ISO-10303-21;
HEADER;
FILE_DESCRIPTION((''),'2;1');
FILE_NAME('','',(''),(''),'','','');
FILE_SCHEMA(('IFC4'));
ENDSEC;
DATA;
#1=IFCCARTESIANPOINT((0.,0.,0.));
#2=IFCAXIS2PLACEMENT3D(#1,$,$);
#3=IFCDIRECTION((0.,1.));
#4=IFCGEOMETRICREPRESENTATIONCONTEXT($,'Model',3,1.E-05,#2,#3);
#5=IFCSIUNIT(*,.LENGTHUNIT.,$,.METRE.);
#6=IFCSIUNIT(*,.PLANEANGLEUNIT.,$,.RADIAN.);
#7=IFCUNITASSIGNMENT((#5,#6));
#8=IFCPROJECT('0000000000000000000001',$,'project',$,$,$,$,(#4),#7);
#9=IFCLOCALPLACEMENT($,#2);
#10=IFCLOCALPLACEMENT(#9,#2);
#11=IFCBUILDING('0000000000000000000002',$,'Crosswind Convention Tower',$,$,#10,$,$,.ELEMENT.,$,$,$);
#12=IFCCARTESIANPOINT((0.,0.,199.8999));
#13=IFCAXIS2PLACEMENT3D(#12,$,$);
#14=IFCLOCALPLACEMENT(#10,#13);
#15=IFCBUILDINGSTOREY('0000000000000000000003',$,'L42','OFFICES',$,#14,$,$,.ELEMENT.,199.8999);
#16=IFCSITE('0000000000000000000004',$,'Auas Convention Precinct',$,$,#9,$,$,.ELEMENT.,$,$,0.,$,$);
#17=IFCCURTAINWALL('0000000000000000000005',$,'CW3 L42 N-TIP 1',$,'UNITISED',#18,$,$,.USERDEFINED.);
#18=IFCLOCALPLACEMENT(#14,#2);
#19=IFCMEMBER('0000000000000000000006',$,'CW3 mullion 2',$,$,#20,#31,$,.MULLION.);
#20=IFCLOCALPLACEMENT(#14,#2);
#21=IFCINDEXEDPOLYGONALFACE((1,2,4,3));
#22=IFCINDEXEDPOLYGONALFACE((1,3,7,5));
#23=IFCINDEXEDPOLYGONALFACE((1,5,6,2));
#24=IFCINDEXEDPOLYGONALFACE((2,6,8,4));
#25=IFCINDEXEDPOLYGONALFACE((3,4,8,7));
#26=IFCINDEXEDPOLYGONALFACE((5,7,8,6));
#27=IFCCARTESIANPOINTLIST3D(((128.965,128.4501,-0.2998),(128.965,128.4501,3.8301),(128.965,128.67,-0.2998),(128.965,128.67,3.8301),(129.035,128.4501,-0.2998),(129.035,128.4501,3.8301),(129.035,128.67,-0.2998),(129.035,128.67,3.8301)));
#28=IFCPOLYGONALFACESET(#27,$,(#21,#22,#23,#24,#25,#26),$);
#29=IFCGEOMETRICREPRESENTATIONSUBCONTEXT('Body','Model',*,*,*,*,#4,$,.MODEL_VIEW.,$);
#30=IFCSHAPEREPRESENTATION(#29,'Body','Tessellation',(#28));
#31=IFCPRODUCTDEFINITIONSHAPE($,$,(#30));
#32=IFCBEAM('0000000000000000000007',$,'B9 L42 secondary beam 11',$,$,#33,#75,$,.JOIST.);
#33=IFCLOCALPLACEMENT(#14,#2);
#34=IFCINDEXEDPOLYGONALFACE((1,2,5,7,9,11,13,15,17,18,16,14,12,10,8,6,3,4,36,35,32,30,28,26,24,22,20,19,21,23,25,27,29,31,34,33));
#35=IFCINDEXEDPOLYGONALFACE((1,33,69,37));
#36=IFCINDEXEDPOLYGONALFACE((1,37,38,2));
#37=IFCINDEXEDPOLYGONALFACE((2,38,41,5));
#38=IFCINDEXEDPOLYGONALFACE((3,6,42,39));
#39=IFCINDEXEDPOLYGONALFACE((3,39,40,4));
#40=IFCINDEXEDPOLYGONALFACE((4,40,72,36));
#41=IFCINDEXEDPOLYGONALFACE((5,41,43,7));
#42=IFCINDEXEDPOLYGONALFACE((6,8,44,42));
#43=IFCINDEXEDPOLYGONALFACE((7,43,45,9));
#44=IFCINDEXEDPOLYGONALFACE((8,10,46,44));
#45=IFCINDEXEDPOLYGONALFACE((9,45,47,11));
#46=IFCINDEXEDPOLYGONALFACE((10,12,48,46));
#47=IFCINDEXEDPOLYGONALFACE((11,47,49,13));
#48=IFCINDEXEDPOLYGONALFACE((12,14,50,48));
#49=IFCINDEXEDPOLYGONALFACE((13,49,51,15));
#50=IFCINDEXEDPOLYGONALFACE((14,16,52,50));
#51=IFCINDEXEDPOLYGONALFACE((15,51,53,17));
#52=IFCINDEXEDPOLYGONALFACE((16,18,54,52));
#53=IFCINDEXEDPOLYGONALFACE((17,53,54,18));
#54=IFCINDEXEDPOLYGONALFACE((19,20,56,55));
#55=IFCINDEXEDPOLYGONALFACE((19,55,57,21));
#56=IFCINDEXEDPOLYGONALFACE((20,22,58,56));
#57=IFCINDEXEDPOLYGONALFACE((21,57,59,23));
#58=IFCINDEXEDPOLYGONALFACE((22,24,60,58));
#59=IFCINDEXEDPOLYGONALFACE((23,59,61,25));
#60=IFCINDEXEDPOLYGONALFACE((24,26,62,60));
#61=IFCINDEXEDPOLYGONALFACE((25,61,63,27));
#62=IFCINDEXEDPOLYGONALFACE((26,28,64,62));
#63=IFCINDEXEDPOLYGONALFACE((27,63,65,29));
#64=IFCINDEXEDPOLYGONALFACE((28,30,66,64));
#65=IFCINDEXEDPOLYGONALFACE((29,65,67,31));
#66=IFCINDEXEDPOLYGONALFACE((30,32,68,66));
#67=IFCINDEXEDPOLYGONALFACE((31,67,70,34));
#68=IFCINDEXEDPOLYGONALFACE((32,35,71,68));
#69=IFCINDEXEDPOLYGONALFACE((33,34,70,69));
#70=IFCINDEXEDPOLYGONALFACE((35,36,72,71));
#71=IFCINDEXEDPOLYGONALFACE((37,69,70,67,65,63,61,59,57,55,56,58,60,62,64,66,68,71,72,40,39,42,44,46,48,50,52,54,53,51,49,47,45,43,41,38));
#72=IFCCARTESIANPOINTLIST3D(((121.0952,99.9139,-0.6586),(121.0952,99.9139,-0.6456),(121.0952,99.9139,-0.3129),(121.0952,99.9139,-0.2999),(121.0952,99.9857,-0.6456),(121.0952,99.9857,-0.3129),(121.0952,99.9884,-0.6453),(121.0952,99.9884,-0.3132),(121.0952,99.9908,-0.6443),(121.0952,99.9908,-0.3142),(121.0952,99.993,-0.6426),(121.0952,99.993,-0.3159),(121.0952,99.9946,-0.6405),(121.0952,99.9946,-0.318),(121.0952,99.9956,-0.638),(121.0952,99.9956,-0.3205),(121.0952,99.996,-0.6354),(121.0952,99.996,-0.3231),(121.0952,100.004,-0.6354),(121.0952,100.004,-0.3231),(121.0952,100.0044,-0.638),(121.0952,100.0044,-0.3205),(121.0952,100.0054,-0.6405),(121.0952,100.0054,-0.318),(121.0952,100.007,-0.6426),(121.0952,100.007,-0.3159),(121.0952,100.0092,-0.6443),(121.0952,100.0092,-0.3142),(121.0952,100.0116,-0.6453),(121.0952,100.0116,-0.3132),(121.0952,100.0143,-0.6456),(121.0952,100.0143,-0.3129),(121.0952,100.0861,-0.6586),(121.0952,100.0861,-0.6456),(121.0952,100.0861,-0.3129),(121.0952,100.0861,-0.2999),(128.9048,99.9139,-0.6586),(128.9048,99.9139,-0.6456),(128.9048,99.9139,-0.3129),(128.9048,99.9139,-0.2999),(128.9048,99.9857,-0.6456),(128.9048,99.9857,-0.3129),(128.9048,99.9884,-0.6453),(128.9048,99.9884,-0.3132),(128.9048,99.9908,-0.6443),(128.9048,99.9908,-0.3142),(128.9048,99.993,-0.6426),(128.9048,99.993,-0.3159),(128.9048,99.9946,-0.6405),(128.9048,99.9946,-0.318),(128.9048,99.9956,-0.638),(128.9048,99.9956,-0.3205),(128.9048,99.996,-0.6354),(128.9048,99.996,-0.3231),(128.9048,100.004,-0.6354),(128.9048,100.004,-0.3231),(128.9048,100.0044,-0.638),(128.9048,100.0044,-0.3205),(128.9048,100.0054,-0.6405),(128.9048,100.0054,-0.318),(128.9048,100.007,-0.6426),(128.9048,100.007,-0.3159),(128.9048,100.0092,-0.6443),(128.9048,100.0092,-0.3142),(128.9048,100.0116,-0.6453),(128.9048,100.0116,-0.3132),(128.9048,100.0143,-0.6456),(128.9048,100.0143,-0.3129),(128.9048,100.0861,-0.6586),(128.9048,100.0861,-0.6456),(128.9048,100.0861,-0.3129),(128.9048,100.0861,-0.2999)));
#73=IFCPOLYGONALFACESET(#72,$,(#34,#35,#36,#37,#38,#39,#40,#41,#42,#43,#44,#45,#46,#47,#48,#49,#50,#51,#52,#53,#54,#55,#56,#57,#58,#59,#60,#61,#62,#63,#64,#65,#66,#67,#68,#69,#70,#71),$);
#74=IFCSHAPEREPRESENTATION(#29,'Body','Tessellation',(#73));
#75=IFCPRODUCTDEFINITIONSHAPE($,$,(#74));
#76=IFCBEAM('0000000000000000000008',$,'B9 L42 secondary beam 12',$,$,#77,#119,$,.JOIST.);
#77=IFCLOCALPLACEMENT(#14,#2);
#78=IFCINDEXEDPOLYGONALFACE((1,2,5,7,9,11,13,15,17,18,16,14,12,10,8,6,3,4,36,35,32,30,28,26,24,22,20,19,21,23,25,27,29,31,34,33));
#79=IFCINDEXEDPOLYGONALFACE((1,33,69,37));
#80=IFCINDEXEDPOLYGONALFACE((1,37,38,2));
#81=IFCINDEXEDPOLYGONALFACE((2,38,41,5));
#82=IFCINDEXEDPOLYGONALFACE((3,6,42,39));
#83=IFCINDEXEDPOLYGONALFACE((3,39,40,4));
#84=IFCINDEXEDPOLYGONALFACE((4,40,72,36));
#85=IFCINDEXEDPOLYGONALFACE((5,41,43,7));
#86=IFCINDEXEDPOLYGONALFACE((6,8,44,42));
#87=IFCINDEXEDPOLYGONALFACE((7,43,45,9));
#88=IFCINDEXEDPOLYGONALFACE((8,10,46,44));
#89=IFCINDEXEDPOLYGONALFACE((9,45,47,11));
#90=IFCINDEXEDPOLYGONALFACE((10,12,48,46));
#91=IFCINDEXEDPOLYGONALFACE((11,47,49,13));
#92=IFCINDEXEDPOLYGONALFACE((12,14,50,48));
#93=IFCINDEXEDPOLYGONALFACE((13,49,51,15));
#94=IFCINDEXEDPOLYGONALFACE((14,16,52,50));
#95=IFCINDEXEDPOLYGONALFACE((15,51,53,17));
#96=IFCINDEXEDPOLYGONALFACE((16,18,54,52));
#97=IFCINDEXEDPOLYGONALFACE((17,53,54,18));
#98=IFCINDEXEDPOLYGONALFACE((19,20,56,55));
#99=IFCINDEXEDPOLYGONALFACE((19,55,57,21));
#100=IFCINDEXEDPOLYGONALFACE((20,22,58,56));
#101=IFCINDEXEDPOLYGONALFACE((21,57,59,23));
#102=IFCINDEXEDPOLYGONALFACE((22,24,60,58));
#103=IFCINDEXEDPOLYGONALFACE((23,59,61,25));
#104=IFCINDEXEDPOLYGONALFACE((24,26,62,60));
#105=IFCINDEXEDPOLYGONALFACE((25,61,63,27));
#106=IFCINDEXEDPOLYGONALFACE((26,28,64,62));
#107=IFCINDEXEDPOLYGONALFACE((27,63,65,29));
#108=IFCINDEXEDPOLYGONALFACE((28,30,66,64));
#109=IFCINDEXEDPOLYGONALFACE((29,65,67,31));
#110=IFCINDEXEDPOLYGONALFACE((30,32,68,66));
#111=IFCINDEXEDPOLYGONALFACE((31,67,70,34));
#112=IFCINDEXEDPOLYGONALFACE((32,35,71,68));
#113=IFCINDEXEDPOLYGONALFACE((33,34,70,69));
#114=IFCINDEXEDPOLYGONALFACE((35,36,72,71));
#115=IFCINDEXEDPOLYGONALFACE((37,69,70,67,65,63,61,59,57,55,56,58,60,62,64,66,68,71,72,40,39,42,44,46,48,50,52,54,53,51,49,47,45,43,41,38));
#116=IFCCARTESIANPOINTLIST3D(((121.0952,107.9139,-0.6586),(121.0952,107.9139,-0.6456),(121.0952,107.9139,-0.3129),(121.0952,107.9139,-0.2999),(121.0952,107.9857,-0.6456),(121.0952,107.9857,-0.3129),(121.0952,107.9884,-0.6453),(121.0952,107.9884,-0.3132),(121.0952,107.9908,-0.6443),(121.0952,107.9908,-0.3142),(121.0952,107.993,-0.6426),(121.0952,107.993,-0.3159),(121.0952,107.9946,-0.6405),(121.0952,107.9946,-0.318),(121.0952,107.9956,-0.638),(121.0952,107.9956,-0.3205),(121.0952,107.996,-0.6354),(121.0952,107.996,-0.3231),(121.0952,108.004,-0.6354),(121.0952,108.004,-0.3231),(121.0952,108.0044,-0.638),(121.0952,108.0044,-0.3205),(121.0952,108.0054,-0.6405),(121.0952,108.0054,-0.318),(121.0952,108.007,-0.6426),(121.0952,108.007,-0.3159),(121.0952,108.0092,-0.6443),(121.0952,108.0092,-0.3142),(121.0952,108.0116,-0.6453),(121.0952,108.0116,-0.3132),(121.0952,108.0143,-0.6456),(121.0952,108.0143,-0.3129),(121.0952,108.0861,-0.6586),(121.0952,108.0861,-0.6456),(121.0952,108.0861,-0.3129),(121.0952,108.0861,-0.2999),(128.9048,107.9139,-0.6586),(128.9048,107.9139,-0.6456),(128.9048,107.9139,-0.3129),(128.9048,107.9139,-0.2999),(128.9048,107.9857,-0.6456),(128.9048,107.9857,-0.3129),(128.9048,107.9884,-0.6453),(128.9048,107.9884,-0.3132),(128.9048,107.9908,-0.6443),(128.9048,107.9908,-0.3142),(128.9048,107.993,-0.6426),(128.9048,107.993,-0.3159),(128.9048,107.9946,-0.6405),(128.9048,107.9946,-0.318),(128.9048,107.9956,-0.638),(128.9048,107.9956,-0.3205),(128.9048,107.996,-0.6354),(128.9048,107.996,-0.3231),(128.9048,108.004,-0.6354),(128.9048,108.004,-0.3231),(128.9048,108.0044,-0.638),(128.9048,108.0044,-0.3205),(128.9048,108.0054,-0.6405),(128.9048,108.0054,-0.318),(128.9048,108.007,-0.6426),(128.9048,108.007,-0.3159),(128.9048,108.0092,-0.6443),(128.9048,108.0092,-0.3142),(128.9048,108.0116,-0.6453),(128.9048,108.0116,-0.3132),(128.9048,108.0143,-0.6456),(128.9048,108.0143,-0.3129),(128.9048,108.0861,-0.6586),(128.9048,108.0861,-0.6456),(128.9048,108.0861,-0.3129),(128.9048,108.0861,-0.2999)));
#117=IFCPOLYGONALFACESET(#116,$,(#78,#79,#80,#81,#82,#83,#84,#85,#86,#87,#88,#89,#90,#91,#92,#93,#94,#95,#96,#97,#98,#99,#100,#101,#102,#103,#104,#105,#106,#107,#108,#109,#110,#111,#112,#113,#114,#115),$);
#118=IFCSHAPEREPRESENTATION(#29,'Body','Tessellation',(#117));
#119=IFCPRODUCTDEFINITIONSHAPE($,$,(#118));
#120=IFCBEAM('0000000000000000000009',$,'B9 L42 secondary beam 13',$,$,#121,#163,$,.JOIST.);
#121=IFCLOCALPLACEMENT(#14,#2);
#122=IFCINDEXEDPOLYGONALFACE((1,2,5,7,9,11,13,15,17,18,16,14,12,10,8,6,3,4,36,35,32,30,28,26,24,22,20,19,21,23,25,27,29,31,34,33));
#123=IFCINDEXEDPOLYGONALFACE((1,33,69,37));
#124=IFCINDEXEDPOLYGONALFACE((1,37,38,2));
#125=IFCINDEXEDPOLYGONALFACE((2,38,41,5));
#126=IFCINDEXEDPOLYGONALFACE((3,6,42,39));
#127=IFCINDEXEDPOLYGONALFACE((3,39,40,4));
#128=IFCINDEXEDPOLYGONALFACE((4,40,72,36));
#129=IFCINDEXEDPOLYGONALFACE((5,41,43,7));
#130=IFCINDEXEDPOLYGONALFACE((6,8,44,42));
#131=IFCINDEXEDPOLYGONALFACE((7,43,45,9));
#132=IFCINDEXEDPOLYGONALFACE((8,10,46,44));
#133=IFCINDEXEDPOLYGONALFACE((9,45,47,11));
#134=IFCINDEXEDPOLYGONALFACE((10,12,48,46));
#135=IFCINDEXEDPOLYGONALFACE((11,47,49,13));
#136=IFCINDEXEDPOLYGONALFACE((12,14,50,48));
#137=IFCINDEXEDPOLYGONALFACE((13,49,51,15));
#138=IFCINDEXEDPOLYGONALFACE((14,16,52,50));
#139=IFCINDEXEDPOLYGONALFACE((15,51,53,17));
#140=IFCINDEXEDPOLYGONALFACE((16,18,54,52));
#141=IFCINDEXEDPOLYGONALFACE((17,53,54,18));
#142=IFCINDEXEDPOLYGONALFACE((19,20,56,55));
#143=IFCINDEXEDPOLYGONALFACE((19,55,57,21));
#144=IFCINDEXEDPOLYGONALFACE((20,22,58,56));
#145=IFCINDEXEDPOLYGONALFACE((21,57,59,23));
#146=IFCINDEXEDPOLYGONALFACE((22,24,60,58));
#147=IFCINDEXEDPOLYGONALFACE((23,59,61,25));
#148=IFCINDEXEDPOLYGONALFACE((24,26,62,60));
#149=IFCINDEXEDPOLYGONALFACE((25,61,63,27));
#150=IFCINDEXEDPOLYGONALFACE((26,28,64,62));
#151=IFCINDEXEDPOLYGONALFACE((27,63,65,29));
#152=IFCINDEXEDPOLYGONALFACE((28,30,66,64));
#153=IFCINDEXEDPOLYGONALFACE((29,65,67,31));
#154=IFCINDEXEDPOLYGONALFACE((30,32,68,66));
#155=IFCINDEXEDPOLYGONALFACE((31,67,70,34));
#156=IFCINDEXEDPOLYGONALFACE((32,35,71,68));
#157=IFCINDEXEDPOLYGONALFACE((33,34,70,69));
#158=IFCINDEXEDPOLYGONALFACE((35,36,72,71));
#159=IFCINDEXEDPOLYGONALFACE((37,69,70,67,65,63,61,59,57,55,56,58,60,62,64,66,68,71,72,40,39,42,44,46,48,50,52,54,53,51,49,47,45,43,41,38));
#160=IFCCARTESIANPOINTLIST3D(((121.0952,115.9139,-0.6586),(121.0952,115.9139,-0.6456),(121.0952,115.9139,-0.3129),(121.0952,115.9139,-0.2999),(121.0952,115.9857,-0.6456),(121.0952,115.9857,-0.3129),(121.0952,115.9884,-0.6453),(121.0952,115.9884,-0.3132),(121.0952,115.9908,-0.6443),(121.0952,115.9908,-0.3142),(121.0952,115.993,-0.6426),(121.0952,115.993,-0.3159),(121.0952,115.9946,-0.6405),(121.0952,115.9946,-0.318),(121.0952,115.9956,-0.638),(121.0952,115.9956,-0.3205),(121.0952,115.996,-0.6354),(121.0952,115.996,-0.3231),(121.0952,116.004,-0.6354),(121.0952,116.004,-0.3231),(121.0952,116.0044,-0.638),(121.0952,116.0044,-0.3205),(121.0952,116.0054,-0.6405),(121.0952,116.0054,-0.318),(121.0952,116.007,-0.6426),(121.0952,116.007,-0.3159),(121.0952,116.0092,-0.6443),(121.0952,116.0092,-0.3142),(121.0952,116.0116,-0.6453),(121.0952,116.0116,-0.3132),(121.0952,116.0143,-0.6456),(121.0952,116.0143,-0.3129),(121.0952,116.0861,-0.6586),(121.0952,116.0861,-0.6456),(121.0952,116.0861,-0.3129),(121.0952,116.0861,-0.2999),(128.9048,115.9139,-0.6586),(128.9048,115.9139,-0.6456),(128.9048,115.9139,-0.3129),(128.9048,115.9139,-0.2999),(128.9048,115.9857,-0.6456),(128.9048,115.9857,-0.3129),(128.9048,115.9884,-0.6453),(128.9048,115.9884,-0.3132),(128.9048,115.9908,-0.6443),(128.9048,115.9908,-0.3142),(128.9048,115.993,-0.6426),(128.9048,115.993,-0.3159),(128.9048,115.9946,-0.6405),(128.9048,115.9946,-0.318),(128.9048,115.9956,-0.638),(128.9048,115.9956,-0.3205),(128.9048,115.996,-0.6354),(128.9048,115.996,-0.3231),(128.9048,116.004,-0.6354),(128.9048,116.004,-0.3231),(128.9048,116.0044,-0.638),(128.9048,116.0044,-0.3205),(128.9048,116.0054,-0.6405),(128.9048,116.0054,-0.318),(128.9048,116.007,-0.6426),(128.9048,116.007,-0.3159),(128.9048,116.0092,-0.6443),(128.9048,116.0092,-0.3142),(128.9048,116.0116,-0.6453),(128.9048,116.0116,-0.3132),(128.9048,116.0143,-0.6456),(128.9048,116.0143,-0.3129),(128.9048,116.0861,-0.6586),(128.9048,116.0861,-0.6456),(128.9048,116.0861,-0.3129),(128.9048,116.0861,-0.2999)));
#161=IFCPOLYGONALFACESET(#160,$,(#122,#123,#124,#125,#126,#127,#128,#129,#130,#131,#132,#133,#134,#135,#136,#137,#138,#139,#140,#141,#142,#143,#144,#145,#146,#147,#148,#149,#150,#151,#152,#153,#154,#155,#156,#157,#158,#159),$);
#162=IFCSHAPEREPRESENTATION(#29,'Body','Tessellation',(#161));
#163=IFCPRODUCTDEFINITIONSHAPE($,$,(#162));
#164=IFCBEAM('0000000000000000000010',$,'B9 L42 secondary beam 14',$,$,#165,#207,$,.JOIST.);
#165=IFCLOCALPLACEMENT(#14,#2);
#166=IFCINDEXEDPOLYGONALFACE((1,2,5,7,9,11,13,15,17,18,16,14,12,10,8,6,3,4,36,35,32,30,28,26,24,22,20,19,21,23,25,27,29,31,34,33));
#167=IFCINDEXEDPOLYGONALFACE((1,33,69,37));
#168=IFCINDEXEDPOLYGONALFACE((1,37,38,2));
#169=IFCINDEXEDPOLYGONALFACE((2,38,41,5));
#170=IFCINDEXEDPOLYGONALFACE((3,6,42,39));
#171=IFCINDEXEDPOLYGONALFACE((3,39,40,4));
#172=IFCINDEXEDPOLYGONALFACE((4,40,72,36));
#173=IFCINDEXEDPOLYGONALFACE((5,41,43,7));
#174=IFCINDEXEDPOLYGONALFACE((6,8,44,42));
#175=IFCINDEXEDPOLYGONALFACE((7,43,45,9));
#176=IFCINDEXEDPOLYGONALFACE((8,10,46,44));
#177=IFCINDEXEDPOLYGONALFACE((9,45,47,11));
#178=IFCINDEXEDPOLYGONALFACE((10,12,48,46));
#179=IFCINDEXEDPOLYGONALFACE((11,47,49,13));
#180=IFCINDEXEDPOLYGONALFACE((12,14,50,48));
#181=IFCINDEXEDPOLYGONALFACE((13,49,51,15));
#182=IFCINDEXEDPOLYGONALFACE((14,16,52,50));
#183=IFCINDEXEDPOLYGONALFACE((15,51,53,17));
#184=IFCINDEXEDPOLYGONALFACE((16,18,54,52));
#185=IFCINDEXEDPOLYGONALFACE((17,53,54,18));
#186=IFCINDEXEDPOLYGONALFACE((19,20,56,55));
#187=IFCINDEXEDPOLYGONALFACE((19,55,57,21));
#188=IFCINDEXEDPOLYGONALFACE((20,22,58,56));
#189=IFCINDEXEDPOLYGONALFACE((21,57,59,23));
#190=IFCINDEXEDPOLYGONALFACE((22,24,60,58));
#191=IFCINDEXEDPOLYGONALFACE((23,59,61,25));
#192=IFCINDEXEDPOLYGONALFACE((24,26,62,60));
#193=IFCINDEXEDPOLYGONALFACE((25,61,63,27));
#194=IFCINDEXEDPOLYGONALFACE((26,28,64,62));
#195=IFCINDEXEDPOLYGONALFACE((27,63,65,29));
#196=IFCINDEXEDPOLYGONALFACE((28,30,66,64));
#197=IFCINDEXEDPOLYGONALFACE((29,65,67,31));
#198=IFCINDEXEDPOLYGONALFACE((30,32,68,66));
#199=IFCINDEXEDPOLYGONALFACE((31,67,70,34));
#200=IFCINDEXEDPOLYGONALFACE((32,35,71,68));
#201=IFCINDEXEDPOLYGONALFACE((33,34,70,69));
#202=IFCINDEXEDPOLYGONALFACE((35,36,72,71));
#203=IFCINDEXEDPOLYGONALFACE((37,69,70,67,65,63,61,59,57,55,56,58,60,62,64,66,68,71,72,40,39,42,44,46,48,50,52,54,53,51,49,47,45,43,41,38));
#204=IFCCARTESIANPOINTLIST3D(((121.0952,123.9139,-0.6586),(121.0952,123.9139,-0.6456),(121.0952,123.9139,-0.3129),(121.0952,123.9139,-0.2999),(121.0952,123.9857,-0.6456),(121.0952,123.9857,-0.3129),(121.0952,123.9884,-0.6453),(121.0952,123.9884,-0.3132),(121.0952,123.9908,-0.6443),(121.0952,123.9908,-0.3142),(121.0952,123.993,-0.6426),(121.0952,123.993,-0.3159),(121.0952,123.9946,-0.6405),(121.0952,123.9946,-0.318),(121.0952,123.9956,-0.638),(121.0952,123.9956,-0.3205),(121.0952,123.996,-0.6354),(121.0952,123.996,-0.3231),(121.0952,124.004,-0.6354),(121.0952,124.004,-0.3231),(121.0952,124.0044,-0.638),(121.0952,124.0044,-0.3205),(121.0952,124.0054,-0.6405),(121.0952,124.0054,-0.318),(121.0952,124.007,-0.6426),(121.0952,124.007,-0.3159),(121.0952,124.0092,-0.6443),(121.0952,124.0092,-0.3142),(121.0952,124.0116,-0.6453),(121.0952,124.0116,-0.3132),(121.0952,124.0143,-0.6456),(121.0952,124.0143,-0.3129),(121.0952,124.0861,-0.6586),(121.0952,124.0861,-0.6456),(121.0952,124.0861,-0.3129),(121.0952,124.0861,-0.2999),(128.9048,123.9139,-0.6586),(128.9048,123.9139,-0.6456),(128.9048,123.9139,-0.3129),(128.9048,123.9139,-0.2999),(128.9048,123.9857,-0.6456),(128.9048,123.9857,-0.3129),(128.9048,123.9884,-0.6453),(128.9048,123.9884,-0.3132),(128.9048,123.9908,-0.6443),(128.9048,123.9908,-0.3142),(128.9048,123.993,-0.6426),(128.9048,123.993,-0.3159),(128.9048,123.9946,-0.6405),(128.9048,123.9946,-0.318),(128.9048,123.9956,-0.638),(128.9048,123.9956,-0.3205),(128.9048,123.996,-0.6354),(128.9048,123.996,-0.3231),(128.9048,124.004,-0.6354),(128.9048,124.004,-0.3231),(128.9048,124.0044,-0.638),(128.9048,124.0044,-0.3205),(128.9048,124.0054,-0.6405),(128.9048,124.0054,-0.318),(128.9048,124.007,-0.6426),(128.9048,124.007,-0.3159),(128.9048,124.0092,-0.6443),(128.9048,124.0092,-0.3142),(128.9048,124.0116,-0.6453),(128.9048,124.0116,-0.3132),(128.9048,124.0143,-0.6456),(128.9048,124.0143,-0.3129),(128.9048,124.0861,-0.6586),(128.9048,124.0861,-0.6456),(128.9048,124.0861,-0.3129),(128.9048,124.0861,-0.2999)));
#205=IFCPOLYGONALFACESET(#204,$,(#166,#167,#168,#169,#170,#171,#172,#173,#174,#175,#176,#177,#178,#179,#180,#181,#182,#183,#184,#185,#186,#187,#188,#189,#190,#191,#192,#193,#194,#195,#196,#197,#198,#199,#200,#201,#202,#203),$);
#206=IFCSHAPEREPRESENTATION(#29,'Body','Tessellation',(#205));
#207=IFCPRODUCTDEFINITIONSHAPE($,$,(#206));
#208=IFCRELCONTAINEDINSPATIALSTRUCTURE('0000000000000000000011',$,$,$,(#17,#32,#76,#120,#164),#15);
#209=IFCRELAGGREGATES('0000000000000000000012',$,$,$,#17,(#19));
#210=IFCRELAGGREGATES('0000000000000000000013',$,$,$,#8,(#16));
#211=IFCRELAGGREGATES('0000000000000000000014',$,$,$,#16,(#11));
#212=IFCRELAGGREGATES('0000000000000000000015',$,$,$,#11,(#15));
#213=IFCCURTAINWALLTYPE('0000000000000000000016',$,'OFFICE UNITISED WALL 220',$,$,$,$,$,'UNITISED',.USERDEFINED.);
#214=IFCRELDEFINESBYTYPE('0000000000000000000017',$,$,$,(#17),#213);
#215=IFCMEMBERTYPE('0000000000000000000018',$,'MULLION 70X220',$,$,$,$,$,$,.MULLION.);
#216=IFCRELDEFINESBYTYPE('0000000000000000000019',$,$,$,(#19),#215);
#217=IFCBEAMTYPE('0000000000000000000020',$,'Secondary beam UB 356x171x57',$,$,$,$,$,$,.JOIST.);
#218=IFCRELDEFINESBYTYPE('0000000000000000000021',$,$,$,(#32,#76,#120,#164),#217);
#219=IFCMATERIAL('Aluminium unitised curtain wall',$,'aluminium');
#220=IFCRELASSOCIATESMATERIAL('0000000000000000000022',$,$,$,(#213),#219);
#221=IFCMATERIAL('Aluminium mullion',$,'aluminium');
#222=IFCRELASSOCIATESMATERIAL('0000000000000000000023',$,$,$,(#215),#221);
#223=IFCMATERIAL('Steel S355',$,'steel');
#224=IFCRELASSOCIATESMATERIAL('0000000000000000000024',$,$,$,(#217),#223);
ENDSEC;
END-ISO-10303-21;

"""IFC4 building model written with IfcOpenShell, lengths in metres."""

from ifc_helpers import new_model, si_unit, direction, frame, origin, origin_2d, place, context, subcontext, project, spatial, rectangle, i_section, extrude, material, material_profile, profile_set, type_object, element, aggregate, save


model = new_model("IFC4")

# Units and contexts
model_context = context("Model", 3, precision=1e-05, world=origin(), true_north=direction((0.0, 1.0)))
body_context = subcontext(model_context, "Body", "Model", "MODEL_VIEW")
ifc_project = project(units=[si_unit("LENGTHUNIT", "METRE"), si_unit("PLANEANGLEUNIT", "RADIAN")], contexts=[model_context])

# Site, building, storey
site_placement = place(None, origin())
site = spatial("IfcSite", under=ifc_project, at=site_placement, Name="Auas Convention Precinct", CompositionType="ELEMENT", RefElevation=0.0)
building_placement = place(site_placement, origin())
building = spatial("IfcBuilding", under=site, at=building_placement, Name="Crosswind Convention Tower", CompositionType="ELEMENT")
storey_placement = place(building_placement, frame((0.0, 0.0, 199.8999)))
storey = spatial("IfcBuildingStorey", under=building, at=storey_placement, Name="L42", Description="OFFICES", CompositionType="ELEMENT", Elevation=199.8999)

# Shared definitions
ifc_material_1 = material(Name="Steel S355", Category="steel")

# Curtain wall, member
ifc_material_2 = material(Name="Aluminium unitised curtain wall", Category="aluminium")
curtain_wall_type = type_object("IfcCurtainWallType", Name="OFFICE UNITISED WALL 220", ElementType="UNITISED", PredefinedType="USERDEFINED", material=ifc_material_2)
curtain_wall_placement = place(storey_placement, origin())
curtain_wall = element("IfcCurtainWall", 1, at=curtain_wall_placement, inside=storey, type_object=curtain_wall_type, Name="CW3 L42 N-TIP 1", ObjectType="UNITISED", PredefinedType="USERDEFINED")
ifc_material_3 = material(Name="Aluminium mullion", Category="aluminium")
ifc_material_profile_1 = material_profile(ifc_material_3, rectangle(XDim=0.22, YDim=0.0701, at=origin_2d()), Name="AL 220X70")
ifc_profile_set_1 = profile_set([ifc_material_profile_1], Name="Aluminium mullion")
member_type = type_object("IfcMemberType", Name="MULLION 70X220", PredefinedType="MULLION", material=ifc_profile_set_1)
member_placement = place(storey_placement, frame((129.0, 128.5601, -0.2998), z_axis=(0.0, 0.0, 1.0), x_axis=(0.0, 1.0, 0.0)))
member = element("IfcMember", 2, at=member_placement, type_object=member_type, Name="CW3 mullion 2", PredefinedType="MULLION", context=body_context, shape_type="SweptSolid", body=[
    extrude(rectangle(XDim=0.22, YDim=0.0701, at=origin_2d()), origin(), (0.0, 0.0, 1.0), 4.1299),
])

# Beams
ifc_material_profile_2 = material_profile(ifc_material_1, i_section(OverallWidth=0.1721, OverallDepth=0.3586, WebThickness=0.0081, FlangeThickness=0.0129, FilletRadius=0.0103, at=origin_2d()), Name="UB 356x171x57")
ifc_profile_set_2 = profile_set([ifc_material_profile_2], Name="Steel S355")
beam_type_1 = type_object("IfcBeamType", Name="Secondary beam UB 356x171x57", PredefinedType="JOIST", material=ifc_profile_set_2)
for number, where, z_axis, x_axis, name in (
    (3, (121.0952, 100.0, -0.4792), (1.0, 0.0, 0.0), (0.0, 1.0, 0.0), "B9 L42 secondary beam 11"),
    (4, (121.0952, 108.0, -0.4792), (1.0, 0.0, 0.0), (0.0, 1.0, 0.0), "B9 L42 secondary beam 12"),
    (5, (121.0952, 116.0, -0.4792), (1.0, 0.0, 0.0), (0.0, 1.0, 0.0), "B9 L42 secondary beam 13"),
    (6, (121.0952, 124.0, -0.4792), (1.0, 0.0, 0.0), (0.0, 1.0, 0.0), "B9 L42 secondary beam 14"),
):
    element("IfcBeam", number, at=place(storey_placement, frame(where, z_axis=z_axis, x_axis=x_axis)), inside=storey, type_object=beam_type_1, Name=name, PredefinedType="JOIST", context=body_context, shape_type="SweptSolid", body=[
        extrude(i_section(OverallWidth=0.1721, OverallDepth=0.3586, WebThickness=0.0081, FlangeThickness=0.0129, FilletRadius=0.0103, at=origin_2d()), origin(), (0.0, 0.0, 1.0), 7.8096),
    ])

aggregate(curtain_wall, [member])

save(model, "model.ifc")
